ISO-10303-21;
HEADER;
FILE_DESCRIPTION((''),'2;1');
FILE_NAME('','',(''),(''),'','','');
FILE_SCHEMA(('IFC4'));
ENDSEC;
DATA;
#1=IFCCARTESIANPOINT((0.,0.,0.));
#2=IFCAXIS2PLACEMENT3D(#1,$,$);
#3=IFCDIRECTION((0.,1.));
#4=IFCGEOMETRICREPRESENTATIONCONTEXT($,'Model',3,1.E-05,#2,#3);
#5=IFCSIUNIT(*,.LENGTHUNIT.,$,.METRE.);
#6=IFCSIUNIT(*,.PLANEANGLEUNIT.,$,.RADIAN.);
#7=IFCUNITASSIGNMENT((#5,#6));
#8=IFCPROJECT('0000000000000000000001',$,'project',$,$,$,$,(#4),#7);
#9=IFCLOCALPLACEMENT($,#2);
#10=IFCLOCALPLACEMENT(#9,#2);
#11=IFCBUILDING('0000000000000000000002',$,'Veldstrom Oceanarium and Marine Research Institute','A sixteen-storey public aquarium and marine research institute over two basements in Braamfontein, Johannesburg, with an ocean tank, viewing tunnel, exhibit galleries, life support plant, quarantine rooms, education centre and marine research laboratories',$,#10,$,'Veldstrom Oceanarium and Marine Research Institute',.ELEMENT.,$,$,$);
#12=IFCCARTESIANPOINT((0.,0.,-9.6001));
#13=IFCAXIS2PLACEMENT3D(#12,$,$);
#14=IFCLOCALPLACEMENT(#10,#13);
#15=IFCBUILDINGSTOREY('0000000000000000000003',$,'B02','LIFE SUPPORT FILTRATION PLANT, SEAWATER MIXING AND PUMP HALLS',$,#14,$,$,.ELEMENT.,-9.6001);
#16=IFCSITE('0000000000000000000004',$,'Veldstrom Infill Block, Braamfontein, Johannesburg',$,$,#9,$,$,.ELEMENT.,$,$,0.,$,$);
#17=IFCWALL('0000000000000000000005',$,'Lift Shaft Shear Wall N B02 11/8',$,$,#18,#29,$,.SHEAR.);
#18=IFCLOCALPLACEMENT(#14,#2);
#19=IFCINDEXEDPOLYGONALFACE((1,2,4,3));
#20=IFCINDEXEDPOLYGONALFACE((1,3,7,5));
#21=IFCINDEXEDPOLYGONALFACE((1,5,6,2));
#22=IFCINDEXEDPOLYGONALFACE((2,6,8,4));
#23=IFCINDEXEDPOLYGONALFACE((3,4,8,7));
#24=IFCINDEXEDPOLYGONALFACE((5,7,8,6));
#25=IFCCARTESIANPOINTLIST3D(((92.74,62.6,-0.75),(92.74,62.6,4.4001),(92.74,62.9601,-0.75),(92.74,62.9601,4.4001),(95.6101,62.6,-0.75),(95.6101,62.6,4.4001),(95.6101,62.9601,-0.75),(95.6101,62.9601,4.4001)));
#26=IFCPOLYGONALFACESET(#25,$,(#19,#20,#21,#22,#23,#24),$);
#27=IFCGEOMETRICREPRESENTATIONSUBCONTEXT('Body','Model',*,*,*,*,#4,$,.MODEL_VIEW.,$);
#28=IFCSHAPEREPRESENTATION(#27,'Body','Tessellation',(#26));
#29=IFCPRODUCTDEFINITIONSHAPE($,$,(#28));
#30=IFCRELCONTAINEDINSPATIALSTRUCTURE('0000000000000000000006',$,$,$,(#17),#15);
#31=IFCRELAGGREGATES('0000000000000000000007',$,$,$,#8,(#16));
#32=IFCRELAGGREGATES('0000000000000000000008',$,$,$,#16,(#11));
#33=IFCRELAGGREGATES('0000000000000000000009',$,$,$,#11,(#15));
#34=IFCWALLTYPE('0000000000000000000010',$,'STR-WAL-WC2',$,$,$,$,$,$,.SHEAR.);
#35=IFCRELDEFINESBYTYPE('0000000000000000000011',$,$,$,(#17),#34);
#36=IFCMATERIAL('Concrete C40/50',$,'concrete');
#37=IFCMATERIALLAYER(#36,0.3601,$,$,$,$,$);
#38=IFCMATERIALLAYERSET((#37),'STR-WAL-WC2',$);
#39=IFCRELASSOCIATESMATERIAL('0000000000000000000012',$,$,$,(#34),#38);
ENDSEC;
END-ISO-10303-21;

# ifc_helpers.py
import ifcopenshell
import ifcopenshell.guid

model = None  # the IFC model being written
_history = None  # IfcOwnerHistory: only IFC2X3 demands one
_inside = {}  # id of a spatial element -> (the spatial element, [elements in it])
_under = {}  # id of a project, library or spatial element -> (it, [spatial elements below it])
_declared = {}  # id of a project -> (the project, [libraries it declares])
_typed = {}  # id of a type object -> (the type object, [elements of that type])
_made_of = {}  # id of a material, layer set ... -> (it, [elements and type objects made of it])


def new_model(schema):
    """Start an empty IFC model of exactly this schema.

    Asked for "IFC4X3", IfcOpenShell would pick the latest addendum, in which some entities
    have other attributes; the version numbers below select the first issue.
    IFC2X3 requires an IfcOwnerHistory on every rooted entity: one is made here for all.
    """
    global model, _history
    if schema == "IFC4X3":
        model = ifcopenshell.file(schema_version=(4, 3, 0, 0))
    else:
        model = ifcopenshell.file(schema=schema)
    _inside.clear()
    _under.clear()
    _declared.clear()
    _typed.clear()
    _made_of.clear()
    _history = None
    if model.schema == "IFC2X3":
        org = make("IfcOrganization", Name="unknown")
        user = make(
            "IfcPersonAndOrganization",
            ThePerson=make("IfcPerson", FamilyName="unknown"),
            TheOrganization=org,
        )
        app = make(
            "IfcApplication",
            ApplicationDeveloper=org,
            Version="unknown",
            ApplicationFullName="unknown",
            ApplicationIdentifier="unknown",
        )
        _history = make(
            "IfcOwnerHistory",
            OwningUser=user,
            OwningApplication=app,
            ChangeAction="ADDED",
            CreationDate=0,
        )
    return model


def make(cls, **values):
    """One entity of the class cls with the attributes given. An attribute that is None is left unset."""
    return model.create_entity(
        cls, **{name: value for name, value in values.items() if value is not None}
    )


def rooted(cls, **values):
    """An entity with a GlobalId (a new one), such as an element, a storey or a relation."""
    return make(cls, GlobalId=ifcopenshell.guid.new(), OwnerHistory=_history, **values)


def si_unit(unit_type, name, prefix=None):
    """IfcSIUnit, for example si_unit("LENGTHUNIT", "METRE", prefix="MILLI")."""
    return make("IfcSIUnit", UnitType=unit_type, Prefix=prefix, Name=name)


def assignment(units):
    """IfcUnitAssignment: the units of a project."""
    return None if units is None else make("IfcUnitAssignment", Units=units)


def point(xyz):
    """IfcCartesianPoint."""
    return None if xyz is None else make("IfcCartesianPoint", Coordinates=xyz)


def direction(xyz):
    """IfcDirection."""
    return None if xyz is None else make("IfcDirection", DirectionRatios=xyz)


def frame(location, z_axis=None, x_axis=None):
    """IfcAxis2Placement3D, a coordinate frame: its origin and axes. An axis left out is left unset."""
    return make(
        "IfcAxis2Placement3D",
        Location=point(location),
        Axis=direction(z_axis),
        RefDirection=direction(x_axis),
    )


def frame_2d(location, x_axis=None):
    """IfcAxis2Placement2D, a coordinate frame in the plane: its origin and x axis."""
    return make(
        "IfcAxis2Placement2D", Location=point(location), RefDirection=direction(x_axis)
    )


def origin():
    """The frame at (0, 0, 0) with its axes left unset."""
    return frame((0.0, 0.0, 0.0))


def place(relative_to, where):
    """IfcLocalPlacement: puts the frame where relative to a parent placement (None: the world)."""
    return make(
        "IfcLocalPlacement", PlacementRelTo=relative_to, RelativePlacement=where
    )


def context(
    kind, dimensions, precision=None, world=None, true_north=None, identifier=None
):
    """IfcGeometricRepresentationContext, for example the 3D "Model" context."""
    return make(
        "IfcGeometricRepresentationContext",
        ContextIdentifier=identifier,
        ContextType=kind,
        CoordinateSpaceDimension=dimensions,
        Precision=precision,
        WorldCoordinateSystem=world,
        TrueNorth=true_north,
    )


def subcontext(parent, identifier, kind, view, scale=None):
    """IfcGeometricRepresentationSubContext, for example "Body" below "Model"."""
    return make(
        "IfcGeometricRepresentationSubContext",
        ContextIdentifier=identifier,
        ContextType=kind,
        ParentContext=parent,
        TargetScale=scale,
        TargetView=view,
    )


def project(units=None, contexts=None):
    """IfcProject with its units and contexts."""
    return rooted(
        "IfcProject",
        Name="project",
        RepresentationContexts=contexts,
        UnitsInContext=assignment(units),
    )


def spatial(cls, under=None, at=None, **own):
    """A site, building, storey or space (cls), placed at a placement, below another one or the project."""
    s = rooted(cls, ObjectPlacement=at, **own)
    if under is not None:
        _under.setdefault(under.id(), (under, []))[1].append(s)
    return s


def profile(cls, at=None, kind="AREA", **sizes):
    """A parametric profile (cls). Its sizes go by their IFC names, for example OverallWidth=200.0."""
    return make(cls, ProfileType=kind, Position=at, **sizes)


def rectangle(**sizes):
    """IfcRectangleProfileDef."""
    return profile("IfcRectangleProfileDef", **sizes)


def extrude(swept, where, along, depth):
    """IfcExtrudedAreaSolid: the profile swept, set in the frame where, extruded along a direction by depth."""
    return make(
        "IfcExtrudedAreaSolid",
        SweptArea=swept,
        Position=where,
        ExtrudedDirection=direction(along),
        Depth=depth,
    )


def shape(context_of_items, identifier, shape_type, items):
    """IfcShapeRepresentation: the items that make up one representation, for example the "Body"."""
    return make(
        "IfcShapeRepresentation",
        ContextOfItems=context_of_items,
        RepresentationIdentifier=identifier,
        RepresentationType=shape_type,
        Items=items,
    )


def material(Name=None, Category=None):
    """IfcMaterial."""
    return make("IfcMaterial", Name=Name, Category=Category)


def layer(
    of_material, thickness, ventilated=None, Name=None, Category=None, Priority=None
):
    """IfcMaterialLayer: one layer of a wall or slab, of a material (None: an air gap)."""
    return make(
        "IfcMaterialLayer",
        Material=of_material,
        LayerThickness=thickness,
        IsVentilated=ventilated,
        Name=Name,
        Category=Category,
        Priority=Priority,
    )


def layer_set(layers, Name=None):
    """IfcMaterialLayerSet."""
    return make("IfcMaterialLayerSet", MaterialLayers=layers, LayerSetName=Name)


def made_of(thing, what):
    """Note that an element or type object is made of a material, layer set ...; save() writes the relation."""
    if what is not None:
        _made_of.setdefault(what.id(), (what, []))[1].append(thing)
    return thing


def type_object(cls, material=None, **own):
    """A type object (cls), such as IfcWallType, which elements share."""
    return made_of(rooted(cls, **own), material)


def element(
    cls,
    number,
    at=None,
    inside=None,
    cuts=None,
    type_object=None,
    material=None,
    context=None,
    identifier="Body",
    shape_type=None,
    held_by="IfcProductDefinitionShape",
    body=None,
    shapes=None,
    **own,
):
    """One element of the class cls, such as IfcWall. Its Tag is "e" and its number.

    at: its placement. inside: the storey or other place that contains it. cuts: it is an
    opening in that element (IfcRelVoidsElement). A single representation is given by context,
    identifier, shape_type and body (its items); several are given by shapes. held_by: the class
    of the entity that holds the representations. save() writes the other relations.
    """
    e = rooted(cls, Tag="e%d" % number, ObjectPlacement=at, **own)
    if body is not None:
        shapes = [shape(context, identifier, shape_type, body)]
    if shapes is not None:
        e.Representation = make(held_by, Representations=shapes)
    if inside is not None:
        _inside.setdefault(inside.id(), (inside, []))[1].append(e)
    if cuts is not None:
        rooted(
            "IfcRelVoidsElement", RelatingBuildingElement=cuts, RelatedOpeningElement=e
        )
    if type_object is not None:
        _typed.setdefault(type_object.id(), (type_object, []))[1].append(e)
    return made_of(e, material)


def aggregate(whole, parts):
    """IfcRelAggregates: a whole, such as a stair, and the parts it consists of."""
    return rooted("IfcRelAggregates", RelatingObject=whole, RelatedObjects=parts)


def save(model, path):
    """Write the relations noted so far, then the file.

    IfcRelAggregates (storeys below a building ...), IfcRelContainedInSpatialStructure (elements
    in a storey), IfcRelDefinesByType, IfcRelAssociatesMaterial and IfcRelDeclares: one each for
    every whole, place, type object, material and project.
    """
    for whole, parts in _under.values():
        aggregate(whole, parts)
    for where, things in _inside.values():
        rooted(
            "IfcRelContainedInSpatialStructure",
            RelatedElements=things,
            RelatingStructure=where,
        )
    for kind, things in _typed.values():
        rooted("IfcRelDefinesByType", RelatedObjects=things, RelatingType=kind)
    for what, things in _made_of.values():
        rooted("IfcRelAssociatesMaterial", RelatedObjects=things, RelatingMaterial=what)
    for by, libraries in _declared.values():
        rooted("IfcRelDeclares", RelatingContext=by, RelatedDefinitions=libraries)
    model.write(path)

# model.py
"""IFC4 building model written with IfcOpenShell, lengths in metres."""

from ifc_helpers import new_model, si_unit, direction, frame, frame_2d, origin, place, context, subcontext, project, spatial, rectangle, extrude, material, layer, layer_set, type_object, element, save


model = new_model("IFC4")

# Units and contexts
model_context = context("Model", 3, precision=1e-05, world=origin(), true_north=direction((0.0, 1.0)))
body_context = subcontext(model_context, "Body", "Model", "MODEL_VIEW")
ifc_project = project(units=[si_unit("LENGTHUNIT", "METRE"), si_unit("PLANEANGLEUNIT", "RADIAN")], contexts=[model_context])

# Site, building, storey
site_placement = place(None, origin())
site = spatial("IfcSite", under=ifc_project, at=site_placement, Name="Veldstrom Infill Block, Braamfontein, Johannesburg", CompositionType="ELEMENT", RefElevation=0.0)
building_placement = place(site_placement, origin())
building = spatial("IfcBuilding", under=site, at=building_placement, Name="Veldstrom Oceanarium and Marine Research Institute", Description="A sixteen-storey public aquarium and marine research institute over two basements in Braamfontein, Johannesburg, with an ocean tank, viewing tunnel, exhibit galleries, life support plant, quarantine rooms, education centre and marine research laboratories", LongName="Veldstrom Oceanarium and Marine Research Institute", CompositionType="ELEMENT")
storey_placement = place(building_placement, frame((0.0, 0.0, -9.6001)))
storey = spatial("IfcBuildingStorey", under=building, at=storey_placement, Name="B02", Description="LIFE SUPPORT FILTRATION PLANT, SEAWATER MIXING AND PUMP HALLS", CompositionType="ELEMENT", Elevation=-9.6001)

# Wall
ifc_material_1 = material(Name="Concrete C40/50", Category="concrete")
ifc_layer_1 = layer(ifc_material_1, 0.3601)
ifc_layer_set_1 = layer_set([ifc_layer_1], Name="STR-WAL-WC2")
wall_type_1 = type_object("IfcWallType", Name="STR-WAL-WC2", PredefinedType="SHEAR", material=ifc_layer_set_1)
wall_1_placement = place(storey_placement, frame((92.74, 62.78, -0.75), z_axis=(0.0, 0.0, 1.0), x_axis=(1.0, 0.0, 0.0)))
element("IfcWall", 1, at=wall_1_placement, inside=storey, type_object=wall_type_1, Name="Lift Shaft Shear Wall N B02 11/8", PredefinedType="SHEAR", context=body_context, shape_type="SweptSolid", body=[
    extrude(rectangle(XDim=2.8701, YDim=0.3601, at=frame_2d((1.4351, 0.0))), origin(), (0.0, 0.0, 1.0), 5.1501),
])

save(model, "model.ifc")
